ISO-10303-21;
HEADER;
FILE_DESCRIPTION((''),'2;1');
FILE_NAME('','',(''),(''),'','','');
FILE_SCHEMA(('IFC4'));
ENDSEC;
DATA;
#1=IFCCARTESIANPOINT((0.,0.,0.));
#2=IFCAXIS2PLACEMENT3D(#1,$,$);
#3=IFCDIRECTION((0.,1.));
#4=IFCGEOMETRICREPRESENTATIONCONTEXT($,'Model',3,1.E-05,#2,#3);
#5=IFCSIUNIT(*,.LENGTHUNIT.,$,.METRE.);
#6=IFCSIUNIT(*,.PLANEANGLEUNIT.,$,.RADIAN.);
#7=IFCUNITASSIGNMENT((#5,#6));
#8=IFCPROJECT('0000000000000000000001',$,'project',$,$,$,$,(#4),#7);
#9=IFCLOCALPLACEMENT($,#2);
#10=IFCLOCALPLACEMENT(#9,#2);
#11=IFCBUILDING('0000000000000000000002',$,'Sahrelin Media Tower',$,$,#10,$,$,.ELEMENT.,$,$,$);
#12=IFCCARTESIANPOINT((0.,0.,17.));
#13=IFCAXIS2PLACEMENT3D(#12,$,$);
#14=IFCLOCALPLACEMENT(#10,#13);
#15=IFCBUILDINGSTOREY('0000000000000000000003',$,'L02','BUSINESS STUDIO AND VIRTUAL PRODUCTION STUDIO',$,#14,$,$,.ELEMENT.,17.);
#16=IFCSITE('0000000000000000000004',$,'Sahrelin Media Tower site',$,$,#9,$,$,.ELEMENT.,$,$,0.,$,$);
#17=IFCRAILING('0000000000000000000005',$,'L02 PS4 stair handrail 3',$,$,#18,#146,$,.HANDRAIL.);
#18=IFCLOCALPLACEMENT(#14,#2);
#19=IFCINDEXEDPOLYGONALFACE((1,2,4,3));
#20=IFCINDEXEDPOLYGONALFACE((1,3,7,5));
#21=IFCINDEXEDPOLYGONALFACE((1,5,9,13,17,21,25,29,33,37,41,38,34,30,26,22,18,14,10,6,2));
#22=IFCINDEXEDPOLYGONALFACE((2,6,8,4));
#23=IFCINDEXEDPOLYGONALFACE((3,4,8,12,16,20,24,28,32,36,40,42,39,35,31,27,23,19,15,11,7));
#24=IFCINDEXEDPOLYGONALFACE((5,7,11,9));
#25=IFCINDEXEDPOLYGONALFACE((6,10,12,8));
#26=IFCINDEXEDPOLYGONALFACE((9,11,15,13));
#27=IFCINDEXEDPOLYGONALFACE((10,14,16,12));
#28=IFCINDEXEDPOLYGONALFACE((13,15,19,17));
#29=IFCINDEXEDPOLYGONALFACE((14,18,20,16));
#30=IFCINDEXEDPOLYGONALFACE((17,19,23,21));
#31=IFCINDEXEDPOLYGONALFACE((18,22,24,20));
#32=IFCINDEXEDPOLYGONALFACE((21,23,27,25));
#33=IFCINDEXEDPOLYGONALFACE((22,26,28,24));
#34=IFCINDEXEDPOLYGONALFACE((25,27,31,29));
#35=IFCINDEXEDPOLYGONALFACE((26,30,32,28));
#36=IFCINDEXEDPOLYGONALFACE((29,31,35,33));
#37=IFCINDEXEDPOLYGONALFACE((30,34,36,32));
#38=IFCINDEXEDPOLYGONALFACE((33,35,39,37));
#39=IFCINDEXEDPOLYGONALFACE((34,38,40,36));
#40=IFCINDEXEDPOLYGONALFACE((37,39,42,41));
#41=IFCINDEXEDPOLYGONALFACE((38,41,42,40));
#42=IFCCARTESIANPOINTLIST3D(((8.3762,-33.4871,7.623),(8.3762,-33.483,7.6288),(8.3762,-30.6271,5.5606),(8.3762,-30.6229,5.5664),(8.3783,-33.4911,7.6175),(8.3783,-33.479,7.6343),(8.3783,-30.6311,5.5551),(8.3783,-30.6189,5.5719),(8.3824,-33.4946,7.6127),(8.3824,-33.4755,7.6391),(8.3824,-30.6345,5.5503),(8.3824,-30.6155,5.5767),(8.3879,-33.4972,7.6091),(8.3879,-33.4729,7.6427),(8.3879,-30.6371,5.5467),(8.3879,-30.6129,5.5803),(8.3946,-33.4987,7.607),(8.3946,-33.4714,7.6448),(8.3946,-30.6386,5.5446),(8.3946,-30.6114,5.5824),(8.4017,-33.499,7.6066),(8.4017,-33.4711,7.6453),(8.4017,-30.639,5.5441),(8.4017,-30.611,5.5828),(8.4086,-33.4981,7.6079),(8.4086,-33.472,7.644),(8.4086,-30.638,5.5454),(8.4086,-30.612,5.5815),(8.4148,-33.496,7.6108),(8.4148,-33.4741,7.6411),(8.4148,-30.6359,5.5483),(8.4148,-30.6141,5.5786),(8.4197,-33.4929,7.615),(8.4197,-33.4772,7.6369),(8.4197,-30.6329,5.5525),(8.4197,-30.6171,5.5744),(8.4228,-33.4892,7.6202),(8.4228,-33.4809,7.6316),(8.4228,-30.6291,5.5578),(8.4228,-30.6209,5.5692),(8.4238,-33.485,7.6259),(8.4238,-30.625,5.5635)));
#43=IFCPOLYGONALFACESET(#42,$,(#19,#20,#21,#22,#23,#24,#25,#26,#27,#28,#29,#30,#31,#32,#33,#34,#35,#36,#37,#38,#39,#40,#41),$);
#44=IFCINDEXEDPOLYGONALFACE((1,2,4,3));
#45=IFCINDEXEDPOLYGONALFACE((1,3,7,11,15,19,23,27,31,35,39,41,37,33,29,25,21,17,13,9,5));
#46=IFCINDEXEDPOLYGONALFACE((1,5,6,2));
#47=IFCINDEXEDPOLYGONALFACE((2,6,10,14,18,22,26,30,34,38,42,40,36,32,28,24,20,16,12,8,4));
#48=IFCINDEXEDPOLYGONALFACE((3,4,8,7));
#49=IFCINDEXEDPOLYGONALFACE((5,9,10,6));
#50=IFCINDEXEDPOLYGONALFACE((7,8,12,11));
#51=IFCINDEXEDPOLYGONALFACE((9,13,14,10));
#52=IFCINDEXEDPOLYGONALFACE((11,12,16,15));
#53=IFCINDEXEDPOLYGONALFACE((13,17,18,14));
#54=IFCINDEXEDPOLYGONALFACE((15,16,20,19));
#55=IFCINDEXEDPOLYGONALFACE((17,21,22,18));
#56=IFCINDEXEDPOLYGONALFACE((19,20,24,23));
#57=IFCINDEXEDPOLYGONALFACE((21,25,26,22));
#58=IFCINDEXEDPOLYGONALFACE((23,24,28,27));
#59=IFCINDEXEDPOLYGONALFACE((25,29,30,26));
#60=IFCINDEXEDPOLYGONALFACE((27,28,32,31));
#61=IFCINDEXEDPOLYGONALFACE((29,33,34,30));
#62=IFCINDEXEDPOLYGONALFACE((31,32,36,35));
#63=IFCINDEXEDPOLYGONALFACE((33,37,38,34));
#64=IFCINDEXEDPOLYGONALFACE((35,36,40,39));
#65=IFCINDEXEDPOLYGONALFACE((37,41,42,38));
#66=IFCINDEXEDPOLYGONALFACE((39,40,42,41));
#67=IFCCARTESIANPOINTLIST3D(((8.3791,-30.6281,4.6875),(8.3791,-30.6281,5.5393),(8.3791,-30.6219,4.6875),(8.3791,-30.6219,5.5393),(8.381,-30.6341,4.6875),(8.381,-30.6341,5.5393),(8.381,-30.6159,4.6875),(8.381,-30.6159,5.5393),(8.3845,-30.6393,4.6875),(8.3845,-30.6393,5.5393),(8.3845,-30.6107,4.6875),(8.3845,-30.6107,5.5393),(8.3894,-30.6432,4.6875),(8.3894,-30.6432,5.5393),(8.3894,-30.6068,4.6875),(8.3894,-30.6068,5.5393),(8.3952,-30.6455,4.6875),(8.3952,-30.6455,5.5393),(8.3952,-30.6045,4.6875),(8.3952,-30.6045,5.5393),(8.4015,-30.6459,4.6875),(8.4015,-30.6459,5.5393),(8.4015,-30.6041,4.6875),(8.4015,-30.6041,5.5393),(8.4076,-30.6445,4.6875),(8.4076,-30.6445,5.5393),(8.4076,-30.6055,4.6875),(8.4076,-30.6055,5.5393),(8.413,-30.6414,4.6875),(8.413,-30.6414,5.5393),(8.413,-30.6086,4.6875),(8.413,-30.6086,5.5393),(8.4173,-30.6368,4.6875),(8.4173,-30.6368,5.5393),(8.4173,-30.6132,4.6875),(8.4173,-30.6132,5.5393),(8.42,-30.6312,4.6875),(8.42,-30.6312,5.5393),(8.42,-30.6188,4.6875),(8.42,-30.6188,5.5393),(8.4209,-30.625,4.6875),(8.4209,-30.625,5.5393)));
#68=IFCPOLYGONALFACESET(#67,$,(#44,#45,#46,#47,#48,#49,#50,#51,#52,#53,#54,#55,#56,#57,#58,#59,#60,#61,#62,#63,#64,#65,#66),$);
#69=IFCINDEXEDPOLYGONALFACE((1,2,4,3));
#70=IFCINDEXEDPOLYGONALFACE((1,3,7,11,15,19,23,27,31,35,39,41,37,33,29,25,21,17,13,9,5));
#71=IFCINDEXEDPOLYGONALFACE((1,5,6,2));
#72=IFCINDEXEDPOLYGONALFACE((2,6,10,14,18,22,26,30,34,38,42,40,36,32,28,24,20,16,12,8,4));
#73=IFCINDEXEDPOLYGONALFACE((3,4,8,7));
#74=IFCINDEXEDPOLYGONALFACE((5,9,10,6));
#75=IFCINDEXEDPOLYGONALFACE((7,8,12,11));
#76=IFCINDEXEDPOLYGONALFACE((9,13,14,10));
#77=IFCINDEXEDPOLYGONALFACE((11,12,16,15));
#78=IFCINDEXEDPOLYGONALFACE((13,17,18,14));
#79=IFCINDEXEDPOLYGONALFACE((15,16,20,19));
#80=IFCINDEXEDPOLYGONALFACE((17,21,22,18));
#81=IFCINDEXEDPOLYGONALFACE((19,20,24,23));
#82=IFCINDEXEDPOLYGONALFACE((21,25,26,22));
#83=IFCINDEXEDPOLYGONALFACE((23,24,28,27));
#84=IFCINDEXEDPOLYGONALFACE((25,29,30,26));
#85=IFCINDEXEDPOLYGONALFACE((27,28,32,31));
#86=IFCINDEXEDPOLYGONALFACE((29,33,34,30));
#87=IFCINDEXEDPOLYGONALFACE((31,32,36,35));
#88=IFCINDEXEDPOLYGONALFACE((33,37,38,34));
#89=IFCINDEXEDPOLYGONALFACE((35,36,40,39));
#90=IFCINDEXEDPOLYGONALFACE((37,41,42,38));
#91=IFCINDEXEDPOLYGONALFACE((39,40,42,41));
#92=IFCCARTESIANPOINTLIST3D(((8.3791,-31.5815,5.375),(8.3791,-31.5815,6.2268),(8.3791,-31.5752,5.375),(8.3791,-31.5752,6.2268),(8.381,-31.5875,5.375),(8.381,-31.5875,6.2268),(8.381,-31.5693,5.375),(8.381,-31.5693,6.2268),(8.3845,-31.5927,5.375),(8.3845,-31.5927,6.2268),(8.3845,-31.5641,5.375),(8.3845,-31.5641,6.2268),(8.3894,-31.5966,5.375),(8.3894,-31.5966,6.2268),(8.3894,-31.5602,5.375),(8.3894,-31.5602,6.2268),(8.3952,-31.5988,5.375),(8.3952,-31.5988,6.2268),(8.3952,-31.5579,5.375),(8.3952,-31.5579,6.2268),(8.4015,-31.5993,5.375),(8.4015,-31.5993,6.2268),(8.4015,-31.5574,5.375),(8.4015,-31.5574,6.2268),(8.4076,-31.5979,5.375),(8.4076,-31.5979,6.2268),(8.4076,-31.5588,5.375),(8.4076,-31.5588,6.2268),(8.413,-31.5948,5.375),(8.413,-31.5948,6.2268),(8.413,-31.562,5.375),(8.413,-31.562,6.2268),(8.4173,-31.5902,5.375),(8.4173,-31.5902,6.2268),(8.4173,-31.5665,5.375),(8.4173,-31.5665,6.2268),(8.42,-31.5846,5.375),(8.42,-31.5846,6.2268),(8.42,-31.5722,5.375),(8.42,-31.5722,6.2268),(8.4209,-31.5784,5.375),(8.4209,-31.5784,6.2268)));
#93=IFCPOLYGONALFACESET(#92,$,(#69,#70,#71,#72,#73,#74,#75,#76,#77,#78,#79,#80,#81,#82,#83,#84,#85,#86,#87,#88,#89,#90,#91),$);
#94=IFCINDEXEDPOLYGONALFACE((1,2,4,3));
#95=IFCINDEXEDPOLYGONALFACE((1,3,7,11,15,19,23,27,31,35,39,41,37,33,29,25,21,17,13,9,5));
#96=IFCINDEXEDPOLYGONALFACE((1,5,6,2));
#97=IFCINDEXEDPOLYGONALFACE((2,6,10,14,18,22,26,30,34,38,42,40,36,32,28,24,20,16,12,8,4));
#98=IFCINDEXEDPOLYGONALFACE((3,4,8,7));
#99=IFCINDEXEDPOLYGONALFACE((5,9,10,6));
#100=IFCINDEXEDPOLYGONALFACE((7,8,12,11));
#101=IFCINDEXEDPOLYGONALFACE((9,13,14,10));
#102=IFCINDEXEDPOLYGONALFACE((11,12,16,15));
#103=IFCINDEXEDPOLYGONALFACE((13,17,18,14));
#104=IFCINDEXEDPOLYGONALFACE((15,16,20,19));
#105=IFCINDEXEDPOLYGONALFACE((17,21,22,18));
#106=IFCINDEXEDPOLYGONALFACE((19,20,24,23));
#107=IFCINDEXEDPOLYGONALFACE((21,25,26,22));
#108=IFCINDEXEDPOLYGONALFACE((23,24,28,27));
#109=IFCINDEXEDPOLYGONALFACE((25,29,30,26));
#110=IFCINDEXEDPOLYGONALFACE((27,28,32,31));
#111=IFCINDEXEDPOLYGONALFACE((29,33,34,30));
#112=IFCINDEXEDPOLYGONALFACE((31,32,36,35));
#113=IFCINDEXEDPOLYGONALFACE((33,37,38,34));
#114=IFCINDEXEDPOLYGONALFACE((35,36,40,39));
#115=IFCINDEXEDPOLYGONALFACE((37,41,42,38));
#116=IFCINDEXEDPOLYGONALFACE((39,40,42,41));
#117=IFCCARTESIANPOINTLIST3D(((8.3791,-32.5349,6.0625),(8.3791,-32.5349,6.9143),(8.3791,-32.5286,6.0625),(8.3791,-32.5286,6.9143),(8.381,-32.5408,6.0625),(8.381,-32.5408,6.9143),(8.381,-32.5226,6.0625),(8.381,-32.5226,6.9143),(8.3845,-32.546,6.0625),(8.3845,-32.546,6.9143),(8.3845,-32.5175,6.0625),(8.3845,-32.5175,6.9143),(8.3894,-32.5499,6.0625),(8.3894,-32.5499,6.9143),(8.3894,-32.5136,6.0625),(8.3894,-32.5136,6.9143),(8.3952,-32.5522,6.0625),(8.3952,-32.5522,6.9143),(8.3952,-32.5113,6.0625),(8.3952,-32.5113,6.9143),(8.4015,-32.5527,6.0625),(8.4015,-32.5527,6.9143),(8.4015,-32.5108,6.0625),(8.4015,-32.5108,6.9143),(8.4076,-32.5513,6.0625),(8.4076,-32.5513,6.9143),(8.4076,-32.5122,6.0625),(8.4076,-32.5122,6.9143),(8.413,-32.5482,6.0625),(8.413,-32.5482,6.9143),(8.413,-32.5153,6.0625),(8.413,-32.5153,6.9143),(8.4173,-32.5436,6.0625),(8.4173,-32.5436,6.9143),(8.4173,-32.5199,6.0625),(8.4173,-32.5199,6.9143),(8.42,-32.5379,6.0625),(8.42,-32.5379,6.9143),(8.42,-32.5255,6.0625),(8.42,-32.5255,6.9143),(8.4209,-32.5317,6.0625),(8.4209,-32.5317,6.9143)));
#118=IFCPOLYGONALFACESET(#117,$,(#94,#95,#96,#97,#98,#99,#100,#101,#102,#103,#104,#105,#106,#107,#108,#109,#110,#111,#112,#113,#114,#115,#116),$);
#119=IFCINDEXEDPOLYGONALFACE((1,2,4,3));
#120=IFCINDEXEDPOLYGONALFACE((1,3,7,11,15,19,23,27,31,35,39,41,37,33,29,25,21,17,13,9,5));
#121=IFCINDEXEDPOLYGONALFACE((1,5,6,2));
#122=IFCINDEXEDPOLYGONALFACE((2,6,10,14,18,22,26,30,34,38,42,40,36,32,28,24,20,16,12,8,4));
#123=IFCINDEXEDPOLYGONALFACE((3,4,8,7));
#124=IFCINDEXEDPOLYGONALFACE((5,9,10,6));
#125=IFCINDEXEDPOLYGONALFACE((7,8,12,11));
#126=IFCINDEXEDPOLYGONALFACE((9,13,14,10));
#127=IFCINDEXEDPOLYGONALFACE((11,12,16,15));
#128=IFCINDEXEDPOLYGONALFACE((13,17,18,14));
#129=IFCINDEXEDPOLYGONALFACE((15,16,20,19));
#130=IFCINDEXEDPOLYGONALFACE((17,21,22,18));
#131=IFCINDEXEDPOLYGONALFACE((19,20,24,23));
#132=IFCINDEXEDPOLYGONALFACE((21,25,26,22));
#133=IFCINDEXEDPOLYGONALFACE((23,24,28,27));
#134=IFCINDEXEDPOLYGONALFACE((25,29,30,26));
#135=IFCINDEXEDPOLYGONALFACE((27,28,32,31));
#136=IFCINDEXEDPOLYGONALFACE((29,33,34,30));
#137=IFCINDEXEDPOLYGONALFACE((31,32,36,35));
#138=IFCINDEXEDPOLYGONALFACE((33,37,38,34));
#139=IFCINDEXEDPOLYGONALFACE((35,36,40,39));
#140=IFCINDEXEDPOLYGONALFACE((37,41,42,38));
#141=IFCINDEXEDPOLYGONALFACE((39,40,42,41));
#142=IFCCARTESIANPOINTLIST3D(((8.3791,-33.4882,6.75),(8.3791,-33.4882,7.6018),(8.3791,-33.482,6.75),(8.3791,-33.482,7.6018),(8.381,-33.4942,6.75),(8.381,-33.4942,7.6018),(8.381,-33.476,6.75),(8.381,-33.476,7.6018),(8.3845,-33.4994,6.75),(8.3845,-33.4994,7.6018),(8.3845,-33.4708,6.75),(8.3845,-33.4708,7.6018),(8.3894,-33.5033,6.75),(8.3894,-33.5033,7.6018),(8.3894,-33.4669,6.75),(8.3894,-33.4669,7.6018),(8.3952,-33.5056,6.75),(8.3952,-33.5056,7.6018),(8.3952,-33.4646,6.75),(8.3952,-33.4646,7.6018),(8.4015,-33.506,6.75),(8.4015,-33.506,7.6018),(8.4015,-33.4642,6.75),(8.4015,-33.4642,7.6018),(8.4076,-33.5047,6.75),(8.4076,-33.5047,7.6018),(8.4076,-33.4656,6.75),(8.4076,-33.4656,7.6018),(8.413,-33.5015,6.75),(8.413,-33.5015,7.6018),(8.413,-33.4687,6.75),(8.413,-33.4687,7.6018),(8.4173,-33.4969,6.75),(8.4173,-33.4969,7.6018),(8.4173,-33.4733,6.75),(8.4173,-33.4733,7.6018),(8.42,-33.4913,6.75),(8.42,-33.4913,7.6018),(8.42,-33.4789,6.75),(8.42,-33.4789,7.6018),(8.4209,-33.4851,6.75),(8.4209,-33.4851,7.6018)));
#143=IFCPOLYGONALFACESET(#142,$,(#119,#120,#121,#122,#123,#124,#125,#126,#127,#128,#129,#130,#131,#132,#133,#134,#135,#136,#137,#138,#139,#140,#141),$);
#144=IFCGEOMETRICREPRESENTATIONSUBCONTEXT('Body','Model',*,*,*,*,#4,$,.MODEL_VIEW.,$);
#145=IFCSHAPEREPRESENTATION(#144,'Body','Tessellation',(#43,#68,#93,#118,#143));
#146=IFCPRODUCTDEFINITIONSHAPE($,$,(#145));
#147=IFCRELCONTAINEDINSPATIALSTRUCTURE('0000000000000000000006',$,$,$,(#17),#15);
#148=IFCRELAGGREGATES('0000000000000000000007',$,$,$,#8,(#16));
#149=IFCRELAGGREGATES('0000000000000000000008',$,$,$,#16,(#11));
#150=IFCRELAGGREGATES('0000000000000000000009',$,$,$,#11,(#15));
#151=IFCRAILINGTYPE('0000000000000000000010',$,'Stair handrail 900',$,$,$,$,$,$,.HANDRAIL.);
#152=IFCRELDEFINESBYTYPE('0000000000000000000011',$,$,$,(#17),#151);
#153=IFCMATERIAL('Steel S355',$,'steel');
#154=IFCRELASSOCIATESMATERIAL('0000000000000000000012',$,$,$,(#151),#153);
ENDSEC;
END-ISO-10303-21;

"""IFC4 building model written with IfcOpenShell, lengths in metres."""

from ifc_helpers import new_model, si_unit, direction, frame, origin, origin_2d, place, context, subcontext, project, spatial, circle, extrude, material, type_object, element, save


model = new_model("IFC4")

# Units and contexts
model_context = context("Model", 3, precision=1e-05, world=origin(), true_north=direction((0.0, 1.0)))
body_context = subcontext(model_context, "Body", "Model", "MODEL_VIEW")
ifc_project = project(units=[si_unit("LENGTHUNIT", "METRE"), si_unit("PLANEANGLEUNIT", "RADIAN")], contexts=[model_context])

# Site, building, storey
site_placement = place(None, origin())
site = spatial("IfcSite", under=ifc_project, at=site_placement, Name="Sahrelin Media Tower site", CompositionType="ELEMENT", RefElevation=0.0)
building_placement = place(site_placement, origin())
building = spatial("IfcBuilding", under=site, at=building_placement, Name="Sahrelin Media Tower", CompositionType="ELEMENT")
storey_placement = place(building_placement, frame((0.0, 0.0, 17.0)))
storey = spatial("IfcBuildingStorey", under=building, at=storey_placement, Name="L02", Description="BUSINESS STUDIO AND VIRTUAL PRODUCTION STUDIO", CompositionType="ELEMENT", Elevation=17.0)

# Shared definitions
ifc_material_1 = material(Name="Steel S355", Category="steel")

# Railing
railing_type_1 = type_object("IfcRailingType", Name="Stair handrail 900", PredefinedType="HANDRAIL", material=ifc_material_1)
for number, where, name in (
    (1, (8.3999, -30.625, 4.6875), "L02 PS4 stair handrail 3"),
):
    element("IfcRailing", number, at=place(storey_placement, frame(where)), inside=storey, type_object=railing_type_1, Name=name, PredefinedType="HANDRAIL", context=body_context, shape_type="SweptSolid", body=[
        extrude(circle(Radius=0.0239, at=origin_2d()), frame((0.0, 0.0, 0.876), z_axis=(0.0, -0.811101, 0.584906), x_axis=(1.0, 0.0, 0.0)), (0.0, 0.0, 1.0), 3.5261),
        extrude(circle(Radius=0.021, at=origin_2d()), origin(), (0.0, 0.0, 1.0), 0.8518),
        extrude(circle(Radius=0.021, at=origin_2d()), frame((0.0, -0.9534, 0.6875)), (0.0, 0.0, 1.0), 0.8518),
        extrude(circle(Radius=0.021, at=origin_2d()), frame((0.0, -1.9067, 1.375)), (0.0, 0.0, 1.0), 0.8518),
        extrude(circle(Radius=0.021, at=origin_2d()), frame((0.0, -2.8601, 2.0625)), (0.0, 0.0, 1.0), 0.8518),
    ])

save(model, "model.ifc")
